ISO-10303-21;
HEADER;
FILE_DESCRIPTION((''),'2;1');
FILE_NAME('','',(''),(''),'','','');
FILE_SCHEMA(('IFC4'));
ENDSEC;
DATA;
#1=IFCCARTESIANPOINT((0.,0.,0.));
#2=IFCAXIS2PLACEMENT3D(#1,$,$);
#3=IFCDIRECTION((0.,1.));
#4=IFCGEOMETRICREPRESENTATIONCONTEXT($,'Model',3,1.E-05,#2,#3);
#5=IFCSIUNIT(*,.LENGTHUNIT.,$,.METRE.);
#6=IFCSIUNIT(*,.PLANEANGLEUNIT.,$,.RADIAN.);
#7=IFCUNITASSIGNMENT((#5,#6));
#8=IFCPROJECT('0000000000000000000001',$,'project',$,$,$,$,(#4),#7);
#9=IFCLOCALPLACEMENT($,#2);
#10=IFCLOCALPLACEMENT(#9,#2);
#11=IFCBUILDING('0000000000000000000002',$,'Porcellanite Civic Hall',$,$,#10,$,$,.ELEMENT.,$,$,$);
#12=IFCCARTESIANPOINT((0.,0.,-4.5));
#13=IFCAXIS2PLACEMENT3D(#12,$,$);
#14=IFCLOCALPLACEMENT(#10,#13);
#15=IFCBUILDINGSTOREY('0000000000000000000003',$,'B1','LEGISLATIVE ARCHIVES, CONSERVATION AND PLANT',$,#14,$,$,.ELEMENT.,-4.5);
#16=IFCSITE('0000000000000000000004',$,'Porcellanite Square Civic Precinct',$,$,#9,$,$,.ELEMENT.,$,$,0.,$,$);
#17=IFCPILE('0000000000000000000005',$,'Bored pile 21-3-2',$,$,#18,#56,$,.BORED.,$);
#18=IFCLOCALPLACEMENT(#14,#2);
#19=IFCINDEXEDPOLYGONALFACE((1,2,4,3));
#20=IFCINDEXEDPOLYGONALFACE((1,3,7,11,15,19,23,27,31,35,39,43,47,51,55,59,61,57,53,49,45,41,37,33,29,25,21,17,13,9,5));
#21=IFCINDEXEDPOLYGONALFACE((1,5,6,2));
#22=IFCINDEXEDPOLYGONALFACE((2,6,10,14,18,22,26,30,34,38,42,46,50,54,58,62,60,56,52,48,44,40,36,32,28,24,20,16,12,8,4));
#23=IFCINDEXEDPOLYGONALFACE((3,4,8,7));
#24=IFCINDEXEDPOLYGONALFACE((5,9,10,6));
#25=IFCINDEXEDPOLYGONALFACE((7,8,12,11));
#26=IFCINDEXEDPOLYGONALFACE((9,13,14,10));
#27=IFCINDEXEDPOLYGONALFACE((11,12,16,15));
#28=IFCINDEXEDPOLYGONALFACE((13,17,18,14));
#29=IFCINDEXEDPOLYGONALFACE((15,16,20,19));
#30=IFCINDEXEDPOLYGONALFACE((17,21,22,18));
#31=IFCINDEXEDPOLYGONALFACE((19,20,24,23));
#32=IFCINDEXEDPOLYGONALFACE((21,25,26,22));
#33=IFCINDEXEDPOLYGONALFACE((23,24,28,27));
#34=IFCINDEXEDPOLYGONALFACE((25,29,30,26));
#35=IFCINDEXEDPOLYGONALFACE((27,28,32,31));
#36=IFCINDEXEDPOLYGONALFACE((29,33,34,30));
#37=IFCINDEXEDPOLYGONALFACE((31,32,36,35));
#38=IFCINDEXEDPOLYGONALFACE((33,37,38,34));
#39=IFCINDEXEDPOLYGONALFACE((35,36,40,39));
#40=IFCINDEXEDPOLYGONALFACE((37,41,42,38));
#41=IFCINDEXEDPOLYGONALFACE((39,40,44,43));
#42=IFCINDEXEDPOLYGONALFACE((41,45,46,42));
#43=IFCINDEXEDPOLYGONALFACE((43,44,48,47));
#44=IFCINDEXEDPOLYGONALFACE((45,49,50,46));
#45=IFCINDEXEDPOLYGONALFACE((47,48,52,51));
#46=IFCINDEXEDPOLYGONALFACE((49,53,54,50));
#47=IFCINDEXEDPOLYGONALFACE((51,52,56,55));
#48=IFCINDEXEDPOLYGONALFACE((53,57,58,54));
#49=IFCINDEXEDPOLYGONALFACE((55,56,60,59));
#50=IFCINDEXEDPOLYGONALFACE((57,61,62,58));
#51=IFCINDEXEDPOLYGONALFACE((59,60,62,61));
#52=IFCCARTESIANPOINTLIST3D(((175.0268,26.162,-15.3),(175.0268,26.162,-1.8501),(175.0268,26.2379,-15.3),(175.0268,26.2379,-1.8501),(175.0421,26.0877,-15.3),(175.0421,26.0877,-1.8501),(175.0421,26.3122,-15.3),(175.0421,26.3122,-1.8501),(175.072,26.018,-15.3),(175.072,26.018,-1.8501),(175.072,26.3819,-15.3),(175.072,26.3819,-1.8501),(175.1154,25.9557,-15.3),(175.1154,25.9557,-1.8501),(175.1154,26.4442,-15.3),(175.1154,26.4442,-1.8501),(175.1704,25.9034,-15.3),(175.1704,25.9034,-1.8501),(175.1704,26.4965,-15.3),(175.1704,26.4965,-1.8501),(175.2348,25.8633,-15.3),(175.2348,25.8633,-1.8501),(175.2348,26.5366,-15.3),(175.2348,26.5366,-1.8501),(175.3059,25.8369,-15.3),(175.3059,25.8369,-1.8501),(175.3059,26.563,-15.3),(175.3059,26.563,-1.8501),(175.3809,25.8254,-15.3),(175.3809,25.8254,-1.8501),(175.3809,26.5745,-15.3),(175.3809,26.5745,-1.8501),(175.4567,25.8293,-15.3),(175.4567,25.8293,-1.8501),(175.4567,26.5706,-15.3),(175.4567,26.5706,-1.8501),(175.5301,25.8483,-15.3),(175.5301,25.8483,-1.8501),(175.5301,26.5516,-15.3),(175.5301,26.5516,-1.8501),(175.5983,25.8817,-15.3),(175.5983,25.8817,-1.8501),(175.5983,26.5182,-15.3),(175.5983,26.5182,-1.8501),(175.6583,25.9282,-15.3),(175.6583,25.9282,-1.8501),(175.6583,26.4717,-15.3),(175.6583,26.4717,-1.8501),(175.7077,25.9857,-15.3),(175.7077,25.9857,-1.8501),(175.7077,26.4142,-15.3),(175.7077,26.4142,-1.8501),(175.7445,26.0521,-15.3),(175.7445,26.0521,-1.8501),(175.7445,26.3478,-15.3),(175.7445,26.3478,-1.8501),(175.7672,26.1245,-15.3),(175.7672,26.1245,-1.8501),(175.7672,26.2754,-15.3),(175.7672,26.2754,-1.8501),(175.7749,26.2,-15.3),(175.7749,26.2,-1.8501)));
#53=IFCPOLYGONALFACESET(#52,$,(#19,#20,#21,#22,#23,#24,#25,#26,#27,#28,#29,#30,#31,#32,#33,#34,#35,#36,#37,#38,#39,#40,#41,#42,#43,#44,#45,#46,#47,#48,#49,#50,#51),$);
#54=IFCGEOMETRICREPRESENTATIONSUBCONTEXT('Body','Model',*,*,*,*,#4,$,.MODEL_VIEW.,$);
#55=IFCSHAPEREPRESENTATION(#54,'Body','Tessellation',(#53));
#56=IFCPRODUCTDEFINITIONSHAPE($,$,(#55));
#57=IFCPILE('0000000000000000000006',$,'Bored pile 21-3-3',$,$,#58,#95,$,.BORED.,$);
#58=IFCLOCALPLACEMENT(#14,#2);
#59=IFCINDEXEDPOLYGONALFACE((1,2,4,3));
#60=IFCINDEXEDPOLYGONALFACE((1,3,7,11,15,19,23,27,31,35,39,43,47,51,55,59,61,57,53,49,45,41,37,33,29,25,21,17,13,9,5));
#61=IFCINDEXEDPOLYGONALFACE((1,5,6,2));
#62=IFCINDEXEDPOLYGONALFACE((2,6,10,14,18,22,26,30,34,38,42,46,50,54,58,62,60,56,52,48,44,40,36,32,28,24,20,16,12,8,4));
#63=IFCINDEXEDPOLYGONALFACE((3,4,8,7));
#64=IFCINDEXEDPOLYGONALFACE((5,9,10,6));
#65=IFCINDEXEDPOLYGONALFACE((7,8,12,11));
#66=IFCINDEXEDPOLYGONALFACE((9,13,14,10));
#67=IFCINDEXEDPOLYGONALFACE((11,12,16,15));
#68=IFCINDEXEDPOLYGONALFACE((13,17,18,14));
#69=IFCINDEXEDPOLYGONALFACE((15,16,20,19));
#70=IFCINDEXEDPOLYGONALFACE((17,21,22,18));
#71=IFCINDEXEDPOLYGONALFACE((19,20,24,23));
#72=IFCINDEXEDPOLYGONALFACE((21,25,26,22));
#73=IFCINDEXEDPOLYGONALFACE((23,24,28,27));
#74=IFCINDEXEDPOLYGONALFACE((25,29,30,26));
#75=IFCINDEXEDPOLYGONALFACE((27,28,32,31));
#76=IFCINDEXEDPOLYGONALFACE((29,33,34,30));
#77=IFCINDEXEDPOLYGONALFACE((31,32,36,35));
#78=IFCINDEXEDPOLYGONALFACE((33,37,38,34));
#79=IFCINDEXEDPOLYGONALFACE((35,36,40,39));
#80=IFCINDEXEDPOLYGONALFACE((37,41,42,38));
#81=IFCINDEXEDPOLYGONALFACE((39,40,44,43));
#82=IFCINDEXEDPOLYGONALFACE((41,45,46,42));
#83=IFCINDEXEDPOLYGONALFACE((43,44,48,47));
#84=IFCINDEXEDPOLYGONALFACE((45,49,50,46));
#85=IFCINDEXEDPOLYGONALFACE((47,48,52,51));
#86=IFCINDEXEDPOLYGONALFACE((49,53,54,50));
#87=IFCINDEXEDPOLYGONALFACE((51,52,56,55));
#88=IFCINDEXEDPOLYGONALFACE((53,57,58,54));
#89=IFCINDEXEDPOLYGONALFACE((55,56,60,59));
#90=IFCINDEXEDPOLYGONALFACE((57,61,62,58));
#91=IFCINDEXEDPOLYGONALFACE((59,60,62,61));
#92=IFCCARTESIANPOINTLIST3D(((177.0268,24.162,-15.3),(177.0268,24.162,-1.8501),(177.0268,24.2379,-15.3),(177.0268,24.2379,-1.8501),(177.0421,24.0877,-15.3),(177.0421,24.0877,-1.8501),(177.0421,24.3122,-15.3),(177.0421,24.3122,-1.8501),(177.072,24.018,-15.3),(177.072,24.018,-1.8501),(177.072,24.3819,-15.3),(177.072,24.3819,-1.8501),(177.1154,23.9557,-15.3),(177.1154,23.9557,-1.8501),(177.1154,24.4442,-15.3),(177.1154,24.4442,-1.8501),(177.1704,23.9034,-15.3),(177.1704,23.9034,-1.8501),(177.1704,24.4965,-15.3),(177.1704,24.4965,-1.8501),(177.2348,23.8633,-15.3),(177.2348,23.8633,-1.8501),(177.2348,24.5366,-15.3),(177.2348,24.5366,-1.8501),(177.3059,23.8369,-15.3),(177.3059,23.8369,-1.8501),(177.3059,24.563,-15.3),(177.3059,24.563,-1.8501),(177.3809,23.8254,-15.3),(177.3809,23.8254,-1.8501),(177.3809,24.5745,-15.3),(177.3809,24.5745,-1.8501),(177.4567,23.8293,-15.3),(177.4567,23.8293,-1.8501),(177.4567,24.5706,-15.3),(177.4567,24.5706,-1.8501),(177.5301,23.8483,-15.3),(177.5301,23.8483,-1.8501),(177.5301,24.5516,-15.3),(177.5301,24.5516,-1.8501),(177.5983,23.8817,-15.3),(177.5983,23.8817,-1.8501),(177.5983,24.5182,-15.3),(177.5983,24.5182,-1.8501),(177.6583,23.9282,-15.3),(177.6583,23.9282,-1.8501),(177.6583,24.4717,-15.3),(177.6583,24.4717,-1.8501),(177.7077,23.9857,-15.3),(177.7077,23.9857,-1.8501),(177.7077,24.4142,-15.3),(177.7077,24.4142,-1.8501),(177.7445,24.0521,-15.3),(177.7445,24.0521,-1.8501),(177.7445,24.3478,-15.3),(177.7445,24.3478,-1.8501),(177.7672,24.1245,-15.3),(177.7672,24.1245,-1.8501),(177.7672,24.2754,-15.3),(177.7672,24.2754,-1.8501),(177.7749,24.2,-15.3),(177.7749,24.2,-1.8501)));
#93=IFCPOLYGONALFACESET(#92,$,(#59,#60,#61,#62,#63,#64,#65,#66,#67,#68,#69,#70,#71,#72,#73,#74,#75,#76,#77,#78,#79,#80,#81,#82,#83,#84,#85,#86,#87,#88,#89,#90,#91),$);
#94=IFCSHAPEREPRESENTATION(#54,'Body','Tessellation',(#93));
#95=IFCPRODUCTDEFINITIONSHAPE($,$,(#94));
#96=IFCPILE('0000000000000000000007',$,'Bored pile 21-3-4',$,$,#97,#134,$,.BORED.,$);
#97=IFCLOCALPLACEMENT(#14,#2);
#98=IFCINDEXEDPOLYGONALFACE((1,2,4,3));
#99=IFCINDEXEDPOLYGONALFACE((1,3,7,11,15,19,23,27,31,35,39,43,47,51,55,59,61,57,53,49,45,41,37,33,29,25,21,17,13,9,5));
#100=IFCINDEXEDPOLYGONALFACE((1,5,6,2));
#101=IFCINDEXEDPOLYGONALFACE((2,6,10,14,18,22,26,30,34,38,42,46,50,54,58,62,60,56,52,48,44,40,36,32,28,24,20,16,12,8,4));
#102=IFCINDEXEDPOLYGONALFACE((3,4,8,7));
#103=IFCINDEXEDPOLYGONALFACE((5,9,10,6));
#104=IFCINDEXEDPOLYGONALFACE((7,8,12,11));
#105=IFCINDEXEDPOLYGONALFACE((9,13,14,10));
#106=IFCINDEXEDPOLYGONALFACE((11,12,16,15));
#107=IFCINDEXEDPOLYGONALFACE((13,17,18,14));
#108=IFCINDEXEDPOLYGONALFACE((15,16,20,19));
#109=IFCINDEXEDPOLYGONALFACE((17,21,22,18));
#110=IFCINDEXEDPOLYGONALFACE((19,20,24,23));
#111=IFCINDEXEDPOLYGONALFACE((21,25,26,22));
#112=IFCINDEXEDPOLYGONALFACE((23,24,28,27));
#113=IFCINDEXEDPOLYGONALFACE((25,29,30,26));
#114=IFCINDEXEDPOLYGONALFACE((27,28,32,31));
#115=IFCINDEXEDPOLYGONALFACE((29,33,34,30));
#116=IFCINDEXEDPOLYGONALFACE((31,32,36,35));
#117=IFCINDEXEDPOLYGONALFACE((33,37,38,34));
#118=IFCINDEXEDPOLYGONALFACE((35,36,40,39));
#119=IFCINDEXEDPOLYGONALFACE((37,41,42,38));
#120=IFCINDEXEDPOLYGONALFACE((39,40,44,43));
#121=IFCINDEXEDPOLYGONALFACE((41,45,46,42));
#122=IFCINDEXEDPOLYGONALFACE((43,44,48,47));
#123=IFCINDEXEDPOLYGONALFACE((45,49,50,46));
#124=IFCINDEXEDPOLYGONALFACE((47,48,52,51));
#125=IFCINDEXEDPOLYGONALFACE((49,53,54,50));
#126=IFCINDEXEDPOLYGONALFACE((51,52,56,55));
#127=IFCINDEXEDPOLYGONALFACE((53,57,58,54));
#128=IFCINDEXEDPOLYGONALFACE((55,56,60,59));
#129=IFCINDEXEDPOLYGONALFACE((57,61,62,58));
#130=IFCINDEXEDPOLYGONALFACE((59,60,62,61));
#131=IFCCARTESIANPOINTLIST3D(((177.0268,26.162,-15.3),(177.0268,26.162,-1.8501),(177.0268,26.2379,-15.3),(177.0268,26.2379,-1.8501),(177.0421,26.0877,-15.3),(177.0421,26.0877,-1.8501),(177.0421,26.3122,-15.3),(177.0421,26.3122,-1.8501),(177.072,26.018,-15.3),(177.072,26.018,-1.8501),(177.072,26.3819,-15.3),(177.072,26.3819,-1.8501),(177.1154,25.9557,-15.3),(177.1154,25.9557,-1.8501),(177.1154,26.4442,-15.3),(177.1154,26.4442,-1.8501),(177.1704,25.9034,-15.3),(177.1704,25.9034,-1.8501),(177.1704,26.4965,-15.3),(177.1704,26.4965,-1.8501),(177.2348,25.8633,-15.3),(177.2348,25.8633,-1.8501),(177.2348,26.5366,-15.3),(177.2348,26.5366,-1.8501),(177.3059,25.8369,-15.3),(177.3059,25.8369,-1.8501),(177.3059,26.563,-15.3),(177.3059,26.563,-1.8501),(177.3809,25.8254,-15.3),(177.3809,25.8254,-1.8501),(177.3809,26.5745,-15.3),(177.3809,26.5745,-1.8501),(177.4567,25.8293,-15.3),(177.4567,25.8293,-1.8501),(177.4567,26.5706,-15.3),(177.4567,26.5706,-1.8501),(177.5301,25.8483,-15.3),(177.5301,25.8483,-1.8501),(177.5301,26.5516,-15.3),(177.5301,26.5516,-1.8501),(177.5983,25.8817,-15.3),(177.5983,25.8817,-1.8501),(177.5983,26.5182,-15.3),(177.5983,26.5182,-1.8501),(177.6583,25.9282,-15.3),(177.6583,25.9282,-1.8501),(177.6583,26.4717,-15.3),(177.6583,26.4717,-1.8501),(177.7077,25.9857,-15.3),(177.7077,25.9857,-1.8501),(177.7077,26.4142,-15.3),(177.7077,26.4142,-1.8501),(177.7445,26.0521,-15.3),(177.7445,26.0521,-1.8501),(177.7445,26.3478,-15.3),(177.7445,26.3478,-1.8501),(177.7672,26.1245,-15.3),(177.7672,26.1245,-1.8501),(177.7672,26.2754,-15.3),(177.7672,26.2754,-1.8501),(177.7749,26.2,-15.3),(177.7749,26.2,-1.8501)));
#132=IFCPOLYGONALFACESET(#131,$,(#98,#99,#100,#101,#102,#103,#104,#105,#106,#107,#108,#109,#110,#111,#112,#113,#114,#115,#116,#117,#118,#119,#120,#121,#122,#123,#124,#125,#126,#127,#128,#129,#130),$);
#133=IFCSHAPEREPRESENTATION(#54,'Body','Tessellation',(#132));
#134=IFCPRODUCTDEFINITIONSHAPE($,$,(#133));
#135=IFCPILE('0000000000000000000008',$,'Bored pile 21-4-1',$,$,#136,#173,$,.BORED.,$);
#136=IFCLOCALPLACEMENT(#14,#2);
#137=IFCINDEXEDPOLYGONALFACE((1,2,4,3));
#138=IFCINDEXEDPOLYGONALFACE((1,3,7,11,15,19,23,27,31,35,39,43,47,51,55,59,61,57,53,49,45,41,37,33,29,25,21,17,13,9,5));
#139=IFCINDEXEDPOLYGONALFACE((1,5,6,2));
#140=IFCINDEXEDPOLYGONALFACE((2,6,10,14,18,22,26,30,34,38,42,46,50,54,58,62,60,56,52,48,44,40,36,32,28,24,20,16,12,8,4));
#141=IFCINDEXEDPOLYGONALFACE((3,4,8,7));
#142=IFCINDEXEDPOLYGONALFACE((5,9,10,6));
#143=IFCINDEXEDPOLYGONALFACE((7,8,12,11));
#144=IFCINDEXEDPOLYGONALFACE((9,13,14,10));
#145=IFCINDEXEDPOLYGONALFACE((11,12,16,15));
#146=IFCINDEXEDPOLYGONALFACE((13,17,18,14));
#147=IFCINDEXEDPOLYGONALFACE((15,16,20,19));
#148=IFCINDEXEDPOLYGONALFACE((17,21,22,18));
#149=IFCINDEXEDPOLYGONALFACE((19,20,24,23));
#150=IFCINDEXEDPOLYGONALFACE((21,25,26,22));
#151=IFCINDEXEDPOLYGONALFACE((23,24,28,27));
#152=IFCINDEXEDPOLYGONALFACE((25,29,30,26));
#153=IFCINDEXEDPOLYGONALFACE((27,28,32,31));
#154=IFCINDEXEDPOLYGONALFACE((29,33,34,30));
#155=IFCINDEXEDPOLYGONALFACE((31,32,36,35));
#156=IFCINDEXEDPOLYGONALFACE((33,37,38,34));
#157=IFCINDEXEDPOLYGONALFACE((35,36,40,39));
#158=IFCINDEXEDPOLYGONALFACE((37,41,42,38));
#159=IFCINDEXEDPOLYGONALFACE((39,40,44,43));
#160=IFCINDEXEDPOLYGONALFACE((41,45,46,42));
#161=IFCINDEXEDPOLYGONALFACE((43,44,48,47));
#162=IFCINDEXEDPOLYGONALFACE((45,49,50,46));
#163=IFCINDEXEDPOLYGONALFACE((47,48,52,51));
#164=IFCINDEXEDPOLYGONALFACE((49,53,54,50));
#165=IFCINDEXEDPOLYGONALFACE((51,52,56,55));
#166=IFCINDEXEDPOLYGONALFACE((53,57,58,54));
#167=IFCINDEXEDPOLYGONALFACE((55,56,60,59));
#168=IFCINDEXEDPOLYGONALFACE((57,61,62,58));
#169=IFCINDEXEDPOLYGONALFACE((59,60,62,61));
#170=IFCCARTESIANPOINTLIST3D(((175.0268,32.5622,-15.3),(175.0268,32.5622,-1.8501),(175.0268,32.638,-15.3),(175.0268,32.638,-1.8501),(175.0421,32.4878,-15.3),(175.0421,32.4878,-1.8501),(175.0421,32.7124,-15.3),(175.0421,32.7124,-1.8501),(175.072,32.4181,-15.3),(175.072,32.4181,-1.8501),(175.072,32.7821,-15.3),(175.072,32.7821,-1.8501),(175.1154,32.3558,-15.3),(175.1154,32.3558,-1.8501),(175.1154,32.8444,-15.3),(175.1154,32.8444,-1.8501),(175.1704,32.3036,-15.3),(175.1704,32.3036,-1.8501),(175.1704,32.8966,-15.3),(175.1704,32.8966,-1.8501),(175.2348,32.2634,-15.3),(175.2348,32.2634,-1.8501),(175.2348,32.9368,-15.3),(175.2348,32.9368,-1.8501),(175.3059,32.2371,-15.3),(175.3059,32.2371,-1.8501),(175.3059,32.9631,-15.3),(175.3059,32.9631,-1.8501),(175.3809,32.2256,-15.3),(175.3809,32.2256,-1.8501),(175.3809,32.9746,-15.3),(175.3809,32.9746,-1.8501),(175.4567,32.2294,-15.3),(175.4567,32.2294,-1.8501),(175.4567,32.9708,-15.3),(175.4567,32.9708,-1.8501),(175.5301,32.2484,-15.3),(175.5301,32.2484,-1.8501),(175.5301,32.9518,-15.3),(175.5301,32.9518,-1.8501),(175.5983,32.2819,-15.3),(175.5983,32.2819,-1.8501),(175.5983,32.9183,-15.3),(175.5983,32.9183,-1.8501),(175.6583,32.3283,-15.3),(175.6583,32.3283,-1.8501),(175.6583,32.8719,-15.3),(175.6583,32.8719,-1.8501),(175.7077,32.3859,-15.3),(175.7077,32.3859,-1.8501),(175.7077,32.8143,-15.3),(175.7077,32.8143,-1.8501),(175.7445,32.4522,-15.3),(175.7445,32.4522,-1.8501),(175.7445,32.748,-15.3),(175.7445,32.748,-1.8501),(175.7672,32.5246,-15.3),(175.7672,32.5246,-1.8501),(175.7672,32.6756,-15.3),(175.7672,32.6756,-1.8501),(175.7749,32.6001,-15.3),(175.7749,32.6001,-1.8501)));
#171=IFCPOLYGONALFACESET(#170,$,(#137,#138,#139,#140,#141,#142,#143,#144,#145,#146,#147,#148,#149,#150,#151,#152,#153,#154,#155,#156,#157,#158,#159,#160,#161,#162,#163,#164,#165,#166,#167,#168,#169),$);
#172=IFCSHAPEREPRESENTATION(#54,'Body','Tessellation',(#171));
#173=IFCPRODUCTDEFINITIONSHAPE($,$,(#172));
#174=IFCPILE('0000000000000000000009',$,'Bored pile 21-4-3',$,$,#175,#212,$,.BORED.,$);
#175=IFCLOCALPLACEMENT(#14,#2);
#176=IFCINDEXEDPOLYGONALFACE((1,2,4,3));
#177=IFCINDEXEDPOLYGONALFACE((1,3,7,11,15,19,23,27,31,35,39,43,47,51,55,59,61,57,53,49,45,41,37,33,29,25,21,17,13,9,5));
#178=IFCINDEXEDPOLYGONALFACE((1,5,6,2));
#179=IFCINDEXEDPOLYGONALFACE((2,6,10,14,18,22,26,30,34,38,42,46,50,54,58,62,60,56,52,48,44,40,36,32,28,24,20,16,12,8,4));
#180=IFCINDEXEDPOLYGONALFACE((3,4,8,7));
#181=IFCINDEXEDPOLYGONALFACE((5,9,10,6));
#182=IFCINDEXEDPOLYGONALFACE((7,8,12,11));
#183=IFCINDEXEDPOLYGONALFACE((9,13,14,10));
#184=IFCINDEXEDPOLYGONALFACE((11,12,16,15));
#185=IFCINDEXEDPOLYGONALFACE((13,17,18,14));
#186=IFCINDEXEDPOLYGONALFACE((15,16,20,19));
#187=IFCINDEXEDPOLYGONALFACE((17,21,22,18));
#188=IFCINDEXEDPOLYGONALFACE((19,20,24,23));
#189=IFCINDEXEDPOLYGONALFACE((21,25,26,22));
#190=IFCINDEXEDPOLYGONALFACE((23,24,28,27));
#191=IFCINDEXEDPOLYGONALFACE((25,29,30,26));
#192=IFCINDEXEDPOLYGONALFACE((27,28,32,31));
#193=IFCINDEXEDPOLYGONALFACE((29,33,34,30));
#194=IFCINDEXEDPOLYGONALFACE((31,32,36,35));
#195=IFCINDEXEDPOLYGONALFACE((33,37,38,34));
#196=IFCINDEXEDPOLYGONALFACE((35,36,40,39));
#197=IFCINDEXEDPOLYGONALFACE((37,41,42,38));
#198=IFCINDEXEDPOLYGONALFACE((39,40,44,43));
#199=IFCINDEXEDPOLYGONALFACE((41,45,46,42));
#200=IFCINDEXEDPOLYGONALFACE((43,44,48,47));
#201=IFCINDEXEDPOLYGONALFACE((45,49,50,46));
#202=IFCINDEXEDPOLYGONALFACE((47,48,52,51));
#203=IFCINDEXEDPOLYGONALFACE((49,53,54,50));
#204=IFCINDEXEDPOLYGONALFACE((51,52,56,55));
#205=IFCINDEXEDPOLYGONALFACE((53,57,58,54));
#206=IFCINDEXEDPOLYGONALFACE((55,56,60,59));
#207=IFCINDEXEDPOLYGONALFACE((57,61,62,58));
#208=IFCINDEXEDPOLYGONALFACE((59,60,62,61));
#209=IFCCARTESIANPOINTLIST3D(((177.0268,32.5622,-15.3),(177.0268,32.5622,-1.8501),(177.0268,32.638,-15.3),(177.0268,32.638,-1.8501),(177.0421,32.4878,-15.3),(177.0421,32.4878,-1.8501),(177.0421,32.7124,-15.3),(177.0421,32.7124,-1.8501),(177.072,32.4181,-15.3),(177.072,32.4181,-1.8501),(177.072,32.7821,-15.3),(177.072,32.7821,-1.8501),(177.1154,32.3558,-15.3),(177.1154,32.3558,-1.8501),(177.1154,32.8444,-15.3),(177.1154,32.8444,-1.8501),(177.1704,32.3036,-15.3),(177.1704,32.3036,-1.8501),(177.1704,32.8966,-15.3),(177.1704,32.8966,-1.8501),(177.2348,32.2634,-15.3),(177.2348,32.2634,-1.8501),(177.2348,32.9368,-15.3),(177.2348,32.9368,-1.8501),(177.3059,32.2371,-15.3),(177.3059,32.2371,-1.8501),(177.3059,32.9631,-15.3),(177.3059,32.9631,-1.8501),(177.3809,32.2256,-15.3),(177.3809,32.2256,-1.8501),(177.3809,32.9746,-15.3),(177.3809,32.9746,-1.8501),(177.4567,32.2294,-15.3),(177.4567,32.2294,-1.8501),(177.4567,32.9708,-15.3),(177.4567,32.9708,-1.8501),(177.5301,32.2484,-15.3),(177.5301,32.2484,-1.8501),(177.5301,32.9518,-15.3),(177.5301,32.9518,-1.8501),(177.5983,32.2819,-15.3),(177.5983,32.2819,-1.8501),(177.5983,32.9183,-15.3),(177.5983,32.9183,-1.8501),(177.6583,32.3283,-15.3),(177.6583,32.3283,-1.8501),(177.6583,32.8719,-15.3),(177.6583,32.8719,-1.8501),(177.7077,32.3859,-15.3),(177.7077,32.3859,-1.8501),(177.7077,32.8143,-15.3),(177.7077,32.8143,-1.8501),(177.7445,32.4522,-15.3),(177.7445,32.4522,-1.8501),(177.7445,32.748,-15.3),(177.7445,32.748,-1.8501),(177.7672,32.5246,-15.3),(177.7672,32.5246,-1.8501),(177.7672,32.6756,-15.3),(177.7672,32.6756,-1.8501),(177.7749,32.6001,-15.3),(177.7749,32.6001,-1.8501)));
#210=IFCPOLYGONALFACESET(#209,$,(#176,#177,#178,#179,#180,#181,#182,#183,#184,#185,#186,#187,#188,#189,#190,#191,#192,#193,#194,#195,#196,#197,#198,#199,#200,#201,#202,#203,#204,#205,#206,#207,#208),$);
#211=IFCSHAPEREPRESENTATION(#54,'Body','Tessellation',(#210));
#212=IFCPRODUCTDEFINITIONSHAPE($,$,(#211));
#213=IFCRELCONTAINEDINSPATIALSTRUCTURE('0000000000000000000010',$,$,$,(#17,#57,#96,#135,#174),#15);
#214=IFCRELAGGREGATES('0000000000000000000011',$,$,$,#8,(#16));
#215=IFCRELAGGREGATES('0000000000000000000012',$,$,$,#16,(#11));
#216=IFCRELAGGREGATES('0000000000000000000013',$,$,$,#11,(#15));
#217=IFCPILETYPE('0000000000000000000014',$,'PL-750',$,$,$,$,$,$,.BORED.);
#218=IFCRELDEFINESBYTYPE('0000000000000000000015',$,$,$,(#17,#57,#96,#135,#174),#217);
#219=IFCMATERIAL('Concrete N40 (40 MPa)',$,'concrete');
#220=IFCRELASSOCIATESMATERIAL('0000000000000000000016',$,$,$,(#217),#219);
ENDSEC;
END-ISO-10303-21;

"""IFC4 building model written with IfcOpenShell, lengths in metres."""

from ifc_helpers import new_model, si_unit, direction, frame, origin, origin_2d, place, context, subcontext, project, spatial, circle, extrude, material, material_profile, profile_set, type_object, element, save


model = new_model("IFC4")

# Units and contexts
model_context = context("Model", 3, precision=1e-05, world=origin(), true_north=direction((0.0, 1.0)))
body_context = subcontext(model_context, "Body", "Model", "MODEL_VIEW")
ifc_project = project(units=[si_unit("LENGTHUNIT", "METRE"), si_unit("PLANEANGLEUNIT", "RADIAN")], contexts=[model_context])

# Site, building, storey
site_placement = place(None, origin())
site = spatial("IfcSite", under=ifc_project, at=site_placement, Name="Porcellanite Square Civic Precinct", CompositionType="ELEMENT", RefElevation=0.0)
building_placement = place(site_placement, origin())
building = spatial("IfcBuilding", under=site, at=building_placement, Name="Porcellanite Civic Hall", CompositionType="ELEMENT")
storey_placement = place(building_placement, frame((0.0, 0.0, -4.5)))
storey = spatial("IfcBuildingStorey", under=building, at=storey_placement, Name="B1", Description="LEGISLATIVE ARCHIVES, CONSERVATION AND PLANT", CompositionType="ELEMENT", Elevation=-4.5)

# Piles
ifc_material_1 = material(Name="Concrete N40 (40 MPa)", Category="concrete")
ifc_material_profile_1 = material_profile(ifc_material_1, circle(Radius=0.375, at=origin_2d()), Name="PILE-D750")
ifc_profile_set_1 = profile_set([ifc_material_profile_1], Name="Concrete N40 (40 MPa)")
pile_type_1 = type_object("IfcPileType", Name="PL-750", PredefinedType="BORED", material=ifc_profile_set_1)
for number, where, z_axis, x_axis, name in (
    (1, (175.3999, 26.2, -1.8501), (0.0, 0.0, -1.0), (1.0, 0.0, 0.0), "Bored pile 21-3-2"),
    (2, (177.3999, 24.2, -1.8501), (0.0, 0.0, -1.0), (1.0, 0.0, 0.0), "Bored pile 21-3-3"),
    (3, (177.3999, 26.2, -1.8501), (0.0, 0.0, -1.0), (1.0, 0.0, 0.0), "Bored pile 21-3-4"),
    (4, (175.3999, 32.6001, -1.8501), (0.0, 0.0, -1.0), (1.0, 0.0, 0.0), "Bored pile 21-4-1"),
    (5, (177.3999, 32.6001, -1.8501), (0.0, 0.0, -1.0), (1.0, 0.0, 0.0), "Bored pile 21-4-3"),
):
    element("IfcPile", number, at=place(storey_placement, frame(where, z_axis=z_axis, x_axis=x_axis)), inside=storey, type_object=pile_type_1, Name=name, PredefinedType="BORED", context=body_context, shape_type="SweptSolid", body=[
        extrude(circle(Radius=0.375, at=origin_2d()), origin(), (0.0, 0.0, 1.0), 13.45),
    ])

save(model, "model.ifc")
